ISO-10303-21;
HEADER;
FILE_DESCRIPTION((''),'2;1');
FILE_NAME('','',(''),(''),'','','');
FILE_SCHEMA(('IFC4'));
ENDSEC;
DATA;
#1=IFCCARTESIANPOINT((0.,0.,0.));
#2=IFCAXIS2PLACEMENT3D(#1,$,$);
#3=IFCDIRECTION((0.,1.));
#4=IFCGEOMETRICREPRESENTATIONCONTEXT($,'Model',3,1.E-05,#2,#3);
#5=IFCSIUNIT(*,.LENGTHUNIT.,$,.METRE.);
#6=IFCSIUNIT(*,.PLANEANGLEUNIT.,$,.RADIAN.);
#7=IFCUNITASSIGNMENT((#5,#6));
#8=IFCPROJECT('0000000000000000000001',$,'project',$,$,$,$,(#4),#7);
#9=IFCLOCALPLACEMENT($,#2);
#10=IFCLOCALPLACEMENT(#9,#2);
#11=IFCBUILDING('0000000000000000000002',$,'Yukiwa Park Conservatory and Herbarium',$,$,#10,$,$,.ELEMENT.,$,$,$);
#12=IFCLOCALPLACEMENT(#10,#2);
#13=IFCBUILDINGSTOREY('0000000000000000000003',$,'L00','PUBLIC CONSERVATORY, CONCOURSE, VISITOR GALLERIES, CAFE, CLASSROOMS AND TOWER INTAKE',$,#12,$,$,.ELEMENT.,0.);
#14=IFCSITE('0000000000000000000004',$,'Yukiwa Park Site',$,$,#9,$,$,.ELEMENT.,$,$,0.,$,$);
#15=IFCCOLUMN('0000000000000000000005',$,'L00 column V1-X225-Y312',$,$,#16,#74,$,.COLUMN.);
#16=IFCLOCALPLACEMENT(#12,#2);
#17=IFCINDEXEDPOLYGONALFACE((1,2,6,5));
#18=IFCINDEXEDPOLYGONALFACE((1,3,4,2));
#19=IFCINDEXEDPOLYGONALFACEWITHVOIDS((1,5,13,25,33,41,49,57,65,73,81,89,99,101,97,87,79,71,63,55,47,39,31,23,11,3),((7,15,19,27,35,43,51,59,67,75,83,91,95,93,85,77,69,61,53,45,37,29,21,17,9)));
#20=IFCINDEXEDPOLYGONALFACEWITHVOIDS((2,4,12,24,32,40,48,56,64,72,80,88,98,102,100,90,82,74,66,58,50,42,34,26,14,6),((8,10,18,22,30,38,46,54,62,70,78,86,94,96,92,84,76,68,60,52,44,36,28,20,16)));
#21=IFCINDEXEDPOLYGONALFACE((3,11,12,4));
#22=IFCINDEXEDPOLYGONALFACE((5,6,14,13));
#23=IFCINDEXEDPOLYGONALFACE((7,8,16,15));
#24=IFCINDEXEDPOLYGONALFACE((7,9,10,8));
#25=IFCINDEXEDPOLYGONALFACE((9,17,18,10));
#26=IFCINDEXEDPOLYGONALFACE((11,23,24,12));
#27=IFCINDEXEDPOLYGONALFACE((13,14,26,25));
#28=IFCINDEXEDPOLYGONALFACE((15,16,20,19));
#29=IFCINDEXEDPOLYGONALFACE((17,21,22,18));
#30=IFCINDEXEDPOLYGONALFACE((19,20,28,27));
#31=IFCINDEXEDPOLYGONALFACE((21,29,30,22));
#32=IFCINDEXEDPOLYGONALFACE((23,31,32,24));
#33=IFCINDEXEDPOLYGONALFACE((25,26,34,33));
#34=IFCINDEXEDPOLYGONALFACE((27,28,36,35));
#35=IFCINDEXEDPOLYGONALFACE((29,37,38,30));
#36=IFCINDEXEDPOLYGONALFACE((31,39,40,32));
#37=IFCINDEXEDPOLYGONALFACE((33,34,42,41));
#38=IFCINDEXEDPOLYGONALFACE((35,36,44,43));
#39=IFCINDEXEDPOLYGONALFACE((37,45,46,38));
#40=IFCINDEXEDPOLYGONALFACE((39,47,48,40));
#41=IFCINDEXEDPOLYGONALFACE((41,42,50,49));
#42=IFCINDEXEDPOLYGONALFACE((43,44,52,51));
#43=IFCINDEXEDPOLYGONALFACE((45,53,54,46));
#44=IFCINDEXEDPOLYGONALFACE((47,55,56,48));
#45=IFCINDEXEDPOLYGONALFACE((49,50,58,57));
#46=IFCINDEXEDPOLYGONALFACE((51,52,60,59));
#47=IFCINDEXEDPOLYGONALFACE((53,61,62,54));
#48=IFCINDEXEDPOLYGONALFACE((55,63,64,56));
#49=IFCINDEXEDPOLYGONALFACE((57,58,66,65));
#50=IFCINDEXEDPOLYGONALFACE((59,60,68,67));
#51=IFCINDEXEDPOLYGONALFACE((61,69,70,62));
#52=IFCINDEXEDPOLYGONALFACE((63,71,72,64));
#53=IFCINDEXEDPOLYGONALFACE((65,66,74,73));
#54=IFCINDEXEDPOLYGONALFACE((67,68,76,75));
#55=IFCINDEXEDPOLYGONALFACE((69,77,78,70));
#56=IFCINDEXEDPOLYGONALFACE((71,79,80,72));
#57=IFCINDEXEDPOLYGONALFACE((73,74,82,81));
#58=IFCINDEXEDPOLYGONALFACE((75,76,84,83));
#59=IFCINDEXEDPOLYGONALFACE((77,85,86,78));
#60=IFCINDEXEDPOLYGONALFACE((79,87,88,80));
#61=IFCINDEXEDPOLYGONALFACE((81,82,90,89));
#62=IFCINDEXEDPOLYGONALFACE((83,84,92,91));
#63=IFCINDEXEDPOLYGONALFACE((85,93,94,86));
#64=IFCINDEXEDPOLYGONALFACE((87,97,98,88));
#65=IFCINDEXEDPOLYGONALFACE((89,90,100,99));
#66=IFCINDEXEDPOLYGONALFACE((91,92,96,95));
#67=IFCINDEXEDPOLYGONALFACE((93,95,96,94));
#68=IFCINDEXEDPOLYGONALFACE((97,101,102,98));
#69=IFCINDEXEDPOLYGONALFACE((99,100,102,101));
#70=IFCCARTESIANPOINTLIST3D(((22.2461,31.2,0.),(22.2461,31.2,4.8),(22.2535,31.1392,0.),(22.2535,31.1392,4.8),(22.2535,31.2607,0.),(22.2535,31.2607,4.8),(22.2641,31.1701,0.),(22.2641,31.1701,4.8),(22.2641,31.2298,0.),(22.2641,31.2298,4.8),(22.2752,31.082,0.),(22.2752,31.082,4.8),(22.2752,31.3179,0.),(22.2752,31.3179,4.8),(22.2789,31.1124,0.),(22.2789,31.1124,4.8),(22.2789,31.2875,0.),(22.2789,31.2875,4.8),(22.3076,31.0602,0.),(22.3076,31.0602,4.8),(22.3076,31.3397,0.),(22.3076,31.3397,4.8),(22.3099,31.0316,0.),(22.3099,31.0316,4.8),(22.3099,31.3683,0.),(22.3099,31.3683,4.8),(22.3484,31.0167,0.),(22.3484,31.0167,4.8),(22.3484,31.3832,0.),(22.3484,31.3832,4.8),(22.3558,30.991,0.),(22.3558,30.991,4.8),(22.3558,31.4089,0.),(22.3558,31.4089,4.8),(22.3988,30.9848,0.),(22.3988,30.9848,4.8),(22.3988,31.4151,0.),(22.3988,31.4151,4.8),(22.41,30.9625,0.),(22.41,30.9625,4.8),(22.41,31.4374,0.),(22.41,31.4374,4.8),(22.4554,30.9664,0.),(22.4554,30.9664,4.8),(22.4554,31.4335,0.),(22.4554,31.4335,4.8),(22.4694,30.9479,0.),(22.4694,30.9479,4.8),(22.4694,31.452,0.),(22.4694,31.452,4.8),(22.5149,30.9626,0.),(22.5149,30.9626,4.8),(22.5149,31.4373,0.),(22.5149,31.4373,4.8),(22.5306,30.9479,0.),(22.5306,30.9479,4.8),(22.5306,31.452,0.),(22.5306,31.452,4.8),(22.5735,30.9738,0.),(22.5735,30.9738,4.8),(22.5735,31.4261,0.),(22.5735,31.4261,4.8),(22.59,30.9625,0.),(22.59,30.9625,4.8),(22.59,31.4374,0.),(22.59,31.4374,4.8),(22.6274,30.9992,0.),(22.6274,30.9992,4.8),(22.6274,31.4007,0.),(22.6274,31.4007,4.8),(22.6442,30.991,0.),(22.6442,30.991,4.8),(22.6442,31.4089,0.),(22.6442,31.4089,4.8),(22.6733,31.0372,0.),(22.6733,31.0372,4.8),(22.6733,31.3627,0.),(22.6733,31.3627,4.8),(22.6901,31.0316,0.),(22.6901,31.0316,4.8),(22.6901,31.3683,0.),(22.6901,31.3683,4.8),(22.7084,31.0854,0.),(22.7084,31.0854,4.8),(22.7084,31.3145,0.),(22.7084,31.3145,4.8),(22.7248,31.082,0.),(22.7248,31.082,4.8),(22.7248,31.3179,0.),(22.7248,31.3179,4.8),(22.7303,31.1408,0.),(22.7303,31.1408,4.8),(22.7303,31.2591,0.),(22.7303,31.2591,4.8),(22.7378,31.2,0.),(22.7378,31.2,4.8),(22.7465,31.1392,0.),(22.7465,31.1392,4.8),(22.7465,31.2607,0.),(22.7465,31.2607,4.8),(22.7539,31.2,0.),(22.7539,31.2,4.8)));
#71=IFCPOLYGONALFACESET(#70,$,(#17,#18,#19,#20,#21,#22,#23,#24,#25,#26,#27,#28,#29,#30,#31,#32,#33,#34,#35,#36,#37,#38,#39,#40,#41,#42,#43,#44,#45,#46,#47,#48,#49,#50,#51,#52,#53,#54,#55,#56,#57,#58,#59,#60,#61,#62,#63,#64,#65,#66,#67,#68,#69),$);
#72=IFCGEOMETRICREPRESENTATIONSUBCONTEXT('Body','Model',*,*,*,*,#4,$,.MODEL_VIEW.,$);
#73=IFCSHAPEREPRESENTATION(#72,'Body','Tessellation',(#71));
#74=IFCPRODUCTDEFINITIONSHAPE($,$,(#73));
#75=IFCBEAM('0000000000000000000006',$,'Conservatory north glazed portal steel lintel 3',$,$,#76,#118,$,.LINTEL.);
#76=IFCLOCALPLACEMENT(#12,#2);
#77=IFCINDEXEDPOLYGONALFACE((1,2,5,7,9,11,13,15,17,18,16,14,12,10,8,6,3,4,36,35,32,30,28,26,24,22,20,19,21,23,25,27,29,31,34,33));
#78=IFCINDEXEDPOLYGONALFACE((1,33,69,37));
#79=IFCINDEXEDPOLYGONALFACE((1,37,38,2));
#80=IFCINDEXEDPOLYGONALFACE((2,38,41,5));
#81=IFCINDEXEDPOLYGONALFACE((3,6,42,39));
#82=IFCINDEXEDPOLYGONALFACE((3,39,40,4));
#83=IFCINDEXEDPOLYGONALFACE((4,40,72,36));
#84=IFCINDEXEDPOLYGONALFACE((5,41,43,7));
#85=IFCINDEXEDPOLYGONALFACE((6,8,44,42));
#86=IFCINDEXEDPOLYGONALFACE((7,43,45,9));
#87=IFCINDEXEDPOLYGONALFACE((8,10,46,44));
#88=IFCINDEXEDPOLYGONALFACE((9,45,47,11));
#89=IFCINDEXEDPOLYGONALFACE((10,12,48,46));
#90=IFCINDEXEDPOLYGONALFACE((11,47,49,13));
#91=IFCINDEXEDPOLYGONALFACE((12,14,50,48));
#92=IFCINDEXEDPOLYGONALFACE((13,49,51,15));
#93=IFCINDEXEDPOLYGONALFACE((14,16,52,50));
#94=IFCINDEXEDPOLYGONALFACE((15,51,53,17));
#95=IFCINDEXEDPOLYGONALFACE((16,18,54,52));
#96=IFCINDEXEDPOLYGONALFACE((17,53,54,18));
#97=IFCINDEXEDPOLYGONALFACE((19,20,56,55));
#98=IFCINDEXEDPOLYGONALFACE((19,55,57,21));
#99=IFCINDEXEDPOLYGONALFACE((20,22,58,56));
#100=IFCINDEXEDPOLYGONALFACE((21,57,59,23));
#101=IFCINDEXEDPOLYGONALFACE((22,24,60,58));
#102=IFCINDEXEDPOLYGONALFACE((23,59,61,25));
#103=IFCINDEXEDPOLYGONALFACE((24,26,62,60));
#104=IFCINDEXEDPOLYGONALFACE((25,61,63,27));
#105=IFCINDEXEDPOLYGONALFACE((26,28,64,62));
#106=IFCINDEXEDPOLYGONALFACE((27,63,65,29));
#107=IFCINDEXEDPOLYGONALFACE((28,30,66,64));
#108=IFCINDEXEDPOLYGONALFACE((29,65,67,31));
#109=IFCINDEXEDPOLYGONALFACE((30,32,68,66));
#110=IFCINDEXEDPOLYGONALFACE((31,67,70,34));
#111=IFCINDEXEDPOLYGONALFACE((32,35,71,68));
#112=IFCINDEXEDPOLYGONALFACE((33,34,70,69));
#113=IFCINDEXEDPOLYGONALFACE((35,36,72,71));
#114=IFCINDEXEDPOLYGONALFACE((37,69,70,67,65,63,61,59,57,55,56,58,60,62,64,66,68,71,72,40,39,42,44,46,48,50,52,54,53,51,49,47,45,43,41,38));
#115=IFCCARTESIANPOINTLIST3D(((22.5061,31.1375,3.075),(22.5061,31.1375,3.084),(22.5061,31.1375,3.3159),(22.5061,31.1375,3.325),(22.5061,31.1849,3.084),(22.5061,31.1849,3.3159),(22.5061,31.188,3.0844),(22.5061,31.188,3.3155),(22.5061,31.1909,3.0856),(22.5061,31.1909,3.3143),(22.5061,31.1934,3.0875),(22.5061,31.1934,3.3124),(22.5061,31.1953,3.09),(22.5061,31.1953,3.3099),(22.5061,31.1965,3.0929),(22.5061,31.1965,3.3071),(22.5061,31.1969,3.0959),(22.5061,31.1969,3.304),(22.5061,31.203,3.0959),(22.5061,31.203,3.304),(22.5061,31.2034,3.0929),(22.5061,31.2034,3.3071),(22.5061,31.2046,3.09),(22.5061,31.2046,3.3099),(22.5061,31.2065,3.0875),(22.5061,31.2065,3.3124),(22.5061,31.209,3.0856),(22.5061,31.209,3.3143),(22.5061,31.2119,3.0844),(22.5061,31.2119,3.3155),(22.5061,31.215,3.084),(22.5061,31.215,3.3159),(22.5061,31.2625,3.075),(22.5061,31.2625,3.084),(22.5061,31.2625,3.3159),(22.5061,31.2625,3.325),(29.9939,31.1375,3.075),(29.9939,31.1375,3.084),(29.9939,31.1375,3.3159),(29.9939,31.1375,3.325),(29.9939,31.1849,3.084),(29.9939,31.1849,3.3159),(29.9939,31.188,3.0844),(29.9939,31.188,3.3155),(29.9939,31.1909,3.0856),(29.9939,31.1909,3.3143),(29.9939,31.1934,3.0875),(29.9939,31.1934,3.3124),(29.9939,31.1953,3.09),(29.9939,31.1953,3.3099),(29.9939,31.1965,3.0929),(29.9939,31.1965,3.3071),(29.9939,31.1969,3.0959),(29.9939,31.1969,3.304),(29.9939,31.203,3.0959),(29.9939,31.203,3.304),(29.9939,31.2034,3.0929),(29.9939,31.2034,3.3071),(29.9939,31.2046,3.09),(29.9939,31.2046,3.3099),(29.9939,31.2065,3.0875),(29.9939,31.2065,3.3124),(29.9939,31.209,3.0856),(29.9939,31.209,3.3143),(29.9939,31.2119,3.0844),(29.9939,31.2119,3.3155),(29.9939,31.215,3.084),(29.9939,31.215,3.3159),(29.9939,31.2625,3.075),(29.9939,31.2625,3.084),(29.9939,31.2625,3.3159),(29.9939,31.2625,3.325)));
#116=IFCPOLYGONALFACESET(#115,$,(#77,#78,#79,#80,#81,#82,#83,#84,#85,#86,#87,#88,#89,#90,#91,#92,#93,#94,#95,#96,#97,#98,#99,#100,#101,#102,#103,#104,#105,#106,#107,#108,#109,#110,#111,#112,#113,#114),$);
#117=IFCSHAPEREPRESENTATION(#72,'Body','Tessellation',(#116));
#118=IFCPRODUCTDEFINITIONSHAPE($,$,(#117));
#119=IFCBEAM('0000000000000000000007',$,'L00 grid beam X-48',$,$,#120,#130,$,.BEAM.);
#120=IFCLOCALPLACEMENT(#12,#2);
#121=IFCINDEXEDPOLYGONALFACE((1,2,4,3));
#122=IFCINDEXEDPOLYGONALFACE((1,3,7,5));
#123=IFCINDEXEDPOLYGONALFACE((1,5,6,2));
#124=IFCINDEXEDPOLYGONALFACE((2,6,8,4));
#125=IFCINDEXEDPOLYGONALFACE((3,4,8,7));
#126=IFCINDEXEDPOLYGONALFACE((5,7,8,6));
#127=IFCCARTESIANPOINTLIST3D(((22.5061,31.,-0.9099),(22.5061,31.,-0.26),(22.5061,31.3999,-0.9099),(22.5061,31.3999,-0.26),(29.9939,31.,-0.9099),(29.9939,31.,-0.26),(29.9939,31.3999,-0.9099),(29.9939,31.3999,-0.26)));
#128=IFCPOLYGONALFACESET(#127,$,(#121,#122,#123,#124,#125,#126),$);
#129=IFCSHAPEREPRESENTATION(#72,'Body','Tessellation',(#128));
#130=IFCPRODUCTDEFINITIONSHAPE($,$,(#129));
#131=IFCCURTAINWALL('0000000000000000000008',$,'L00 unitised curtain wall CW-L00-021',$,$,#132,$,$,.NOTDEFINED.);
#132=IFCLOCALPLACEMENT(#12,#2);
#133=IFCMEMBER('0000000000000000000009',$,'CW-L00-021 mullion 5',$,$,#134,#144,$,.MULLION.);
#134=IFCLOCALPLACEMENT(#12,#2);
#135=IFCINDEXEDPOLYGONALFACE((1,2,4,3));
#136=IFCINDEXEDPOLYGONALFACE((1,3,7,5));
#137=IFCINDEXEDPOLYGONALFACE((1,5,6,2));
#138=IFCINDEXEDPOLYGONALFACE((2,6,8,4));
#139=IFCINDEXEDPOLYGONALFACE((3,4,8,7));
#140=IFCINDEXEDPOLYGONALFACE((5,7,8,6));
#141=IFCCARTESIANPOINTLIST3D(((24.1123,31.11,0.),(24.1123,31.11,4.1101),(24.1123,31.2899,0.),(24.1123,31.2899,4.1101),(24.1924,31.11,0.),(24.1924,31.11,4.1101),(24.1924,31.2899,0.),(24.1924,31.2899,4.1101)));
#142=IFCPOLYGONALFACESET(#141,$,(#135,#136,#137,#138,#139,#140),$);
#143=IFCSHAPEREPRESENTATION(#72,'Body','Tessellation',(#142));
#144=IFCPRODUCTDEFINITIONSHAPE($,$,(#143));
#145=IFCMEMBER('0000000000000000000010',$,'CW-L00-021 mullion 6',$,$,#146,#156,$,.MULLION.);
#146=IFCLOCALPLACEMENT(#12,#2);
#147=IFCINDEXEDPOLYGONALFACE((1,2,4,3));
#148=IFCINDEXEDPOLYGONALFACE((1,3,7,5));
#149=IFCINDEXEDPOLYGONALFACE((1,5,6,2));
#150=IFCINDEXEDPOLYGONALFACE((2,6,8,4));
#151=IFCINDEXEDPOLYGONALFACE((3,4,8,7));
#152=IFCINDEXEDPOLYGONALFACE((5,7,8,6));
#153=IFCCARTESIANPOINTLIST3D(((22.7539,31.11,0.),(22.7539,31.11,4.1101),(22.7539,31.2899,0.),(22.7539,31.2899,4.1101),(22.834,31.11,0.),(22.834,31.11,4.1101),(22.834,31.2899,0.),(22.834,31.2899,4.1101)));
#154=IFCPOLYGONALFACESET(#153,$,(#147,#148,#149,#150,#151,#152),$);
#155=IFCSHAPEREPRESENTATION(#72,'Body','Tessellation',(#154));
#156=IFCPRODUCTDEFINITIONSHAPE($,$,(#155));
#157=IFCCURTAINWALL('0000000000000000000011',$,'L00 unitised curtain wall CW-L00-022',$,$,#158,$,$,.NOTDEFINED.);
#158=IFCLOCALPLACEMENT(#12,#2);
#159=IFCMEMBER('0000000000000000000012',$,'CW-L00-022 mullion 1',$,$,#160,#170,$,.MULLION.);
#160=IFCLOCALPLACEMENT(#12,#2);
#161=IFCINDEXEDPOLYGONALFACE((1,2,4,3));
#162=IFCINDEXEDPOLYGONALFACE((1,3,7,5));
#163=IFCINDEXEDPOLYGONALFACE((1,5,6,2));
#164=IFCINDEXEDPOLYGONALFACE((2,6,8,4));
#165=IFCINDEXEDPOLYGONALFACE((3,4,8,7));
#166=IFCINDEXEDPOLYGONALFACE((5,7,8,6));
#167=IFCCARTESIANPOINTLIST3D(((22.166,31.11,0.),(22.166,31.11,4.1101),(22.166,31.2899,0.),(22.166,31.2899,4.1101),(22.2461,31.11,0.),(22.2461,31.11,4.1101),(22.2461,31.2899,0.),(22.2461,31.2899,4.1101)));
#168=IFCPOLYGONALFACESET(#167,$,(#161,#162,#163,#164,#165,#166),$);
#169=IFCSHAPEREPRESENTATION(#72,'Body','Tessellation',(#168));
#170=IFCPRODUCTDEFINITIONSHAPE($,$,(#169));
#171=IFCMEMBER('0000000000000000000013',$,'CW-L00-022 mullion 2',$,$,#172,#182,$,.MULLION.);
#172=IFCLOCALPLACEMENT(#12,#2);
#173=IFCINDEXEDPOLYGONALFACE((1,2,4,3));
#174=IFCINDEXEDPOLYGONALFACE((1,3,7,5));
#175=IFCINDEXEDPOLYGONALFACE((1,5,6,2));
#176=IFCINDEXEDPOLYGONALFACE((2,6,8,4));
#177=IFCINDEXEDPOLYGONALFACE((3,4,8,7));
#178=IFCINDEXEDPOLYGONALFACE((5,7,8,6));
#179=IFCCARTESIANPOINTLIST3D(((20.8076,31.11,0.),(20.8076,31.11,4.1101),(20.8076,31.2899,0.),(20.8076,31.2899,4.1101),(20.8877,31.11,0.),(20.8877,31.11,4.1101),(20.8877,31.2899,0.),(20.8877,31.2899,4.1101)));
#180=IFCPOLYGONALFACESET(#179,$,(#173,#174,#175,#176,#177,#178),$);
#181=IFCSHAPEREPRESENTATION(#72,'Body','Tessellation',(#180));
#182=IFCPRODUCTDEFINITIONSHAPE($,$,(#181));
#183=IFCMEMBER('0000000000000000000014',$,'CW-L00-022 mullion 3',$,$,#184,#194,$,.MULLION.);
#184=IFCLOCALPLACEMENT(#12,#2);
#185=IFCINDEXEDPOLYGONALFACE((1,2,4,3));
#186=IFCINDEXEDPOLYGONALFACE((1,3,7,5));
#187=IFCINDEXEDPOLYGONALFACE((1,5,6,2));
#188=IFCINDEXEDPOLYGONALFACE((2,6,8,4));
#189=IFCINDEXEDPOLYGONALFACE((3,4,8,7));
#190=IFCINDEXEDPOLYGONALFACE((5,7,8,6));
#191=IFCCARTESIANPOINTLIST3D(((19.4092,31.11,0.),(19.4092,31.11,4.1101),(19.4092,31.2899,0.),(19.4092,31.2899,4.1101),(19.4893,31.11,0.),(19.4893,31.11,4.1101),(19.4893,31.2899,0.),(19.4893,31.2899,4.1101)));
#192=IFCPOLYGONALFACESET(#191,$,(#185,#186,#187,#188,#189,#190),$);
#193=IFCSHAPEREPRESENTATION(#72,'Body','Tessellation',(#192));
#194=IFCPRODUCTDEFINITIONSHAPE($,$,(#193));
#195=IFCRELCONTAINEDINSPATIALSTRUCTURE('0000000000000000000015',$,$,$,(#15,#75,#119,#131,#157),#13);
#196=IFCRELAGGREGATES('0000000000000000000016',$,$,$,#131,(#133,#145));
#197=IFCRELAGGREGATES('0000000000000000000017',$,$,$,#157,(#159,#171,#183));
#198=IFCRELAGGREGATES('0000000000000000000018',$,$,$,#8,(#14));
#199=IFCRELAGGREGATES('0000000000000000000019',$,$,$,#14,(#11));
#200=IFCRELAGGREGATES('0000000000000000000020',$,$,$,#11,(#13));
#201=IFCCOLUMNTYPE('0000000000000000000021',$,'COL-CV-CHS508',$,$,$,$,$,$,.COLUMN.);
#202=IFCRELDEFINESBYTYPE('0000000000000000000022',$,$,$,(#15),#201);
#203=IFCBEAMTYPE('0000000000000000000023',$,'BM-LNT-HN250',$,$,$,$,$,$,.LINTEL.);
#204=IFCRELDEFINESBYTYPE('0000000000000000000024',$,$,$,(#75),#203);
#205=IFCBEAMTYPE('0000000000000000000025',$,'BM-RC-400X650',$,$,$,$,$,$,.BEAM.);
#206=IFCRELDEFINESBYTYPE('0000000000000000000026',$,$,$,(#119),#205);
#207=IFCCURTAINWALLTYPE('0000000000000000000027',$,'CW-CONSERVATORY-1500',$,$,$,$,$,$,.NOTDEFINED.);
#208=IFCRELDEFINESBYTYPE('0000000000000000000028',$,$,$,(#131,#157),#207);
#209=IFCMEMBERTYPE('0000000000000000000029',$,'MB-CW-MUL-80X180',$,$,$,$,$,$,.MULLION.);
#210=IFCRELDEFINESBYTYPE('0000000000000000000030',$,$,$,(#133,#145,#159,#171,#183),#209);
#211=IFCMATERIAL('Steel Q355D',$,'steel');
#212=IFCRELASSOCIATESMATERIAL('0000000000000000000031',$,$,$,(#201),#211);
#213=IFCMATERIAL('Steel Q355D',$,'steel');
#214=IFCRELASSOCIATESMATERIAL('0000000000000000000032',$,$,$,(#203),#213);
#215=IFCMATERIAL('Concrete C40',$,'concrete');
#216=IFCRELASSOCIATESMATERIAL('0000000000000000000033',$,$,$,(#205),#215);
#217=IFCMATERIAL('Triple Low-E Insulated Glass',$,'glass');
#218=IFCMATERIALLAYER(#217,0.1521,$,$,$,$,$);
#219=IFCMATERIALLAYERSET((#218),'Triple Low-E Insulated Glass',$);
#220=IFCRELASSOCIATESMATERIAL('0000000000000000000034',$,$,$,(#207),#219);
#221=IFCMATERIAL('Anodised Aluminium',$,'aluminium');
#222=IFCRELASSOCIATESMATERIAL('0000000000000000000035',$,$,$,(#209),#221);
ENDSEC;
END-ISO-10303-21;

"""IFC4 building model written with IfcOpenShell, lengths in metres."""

from ifc_helpers import new_model, si_unit, direction, frame, origin, origin_2d, place, context, subcontext, project, spatial, rectangle, hollow_circle, i_section, extrude, material, layer, layer_set, material_profile, profile_set, type_object, element, aggregate, save


model = new_model("IFC4")

# Units and contexts
model_context = context("Model", 3, precision=1e-05, world=origin(), true_north=direction((0.0, 1.0)))
body_context = subcontext(model_context, "Body", "Model", "MODEL_VIEW")
ifc_project = project(units=[si_unit("LENGTHUNIT", "METRE"), si_unit("PLANEANGLEUNIT", "RADIAN")], contexts=[model_context])

# Site, building, storey
site_placement = place(None, origin())
site = spatial("IfcSite", under=ifc_project, at=site_placement, Name="Yukiwa Park Site", CompositionType="ELEMENT", RefElevation=0.0)
building_placement = place(site_placement, origin())
building = spatial("IfcBuilding", under=site, at=building_placement, Name="Yukiwa Park Conservatory and Herbarium", CompositionType="ELEMENT")
storey_placement = place(building_placement, origin())
storey = spatial("IfcBuildingStorey", under=building, at=storey_placement, Name="L00", Description="PUBLIC CONSERVATORY, CONCOURSE, VISITOR GALLERIES, CAFE, CLASSROOMS AND TOWER INTAKE", CompositionType="ELEMENT", Elevation=0.0)

# Column
ifc_material_1 = material(Name="Steel Q355D", Category="steel")
ifc_material_profile_1 = material_profile(ifc_material_1, hollow_circle(Radius=0.2539, WallThickness=0.0161, at=origin_2d()), Name="CHS 508x16")
ifc_profile_set_1 = profile_set([ifc_material_profile_1], Name="Steel Q355D")
column_type = type_object("IfcColumnType", Name="COL-CV-CHS508", PredefinedType="COLUMN", material=ifc_profile_set_1)
column_placement = place(storey_placement, frame((22.5, 31.2, 0.0), z_axis=(0.0, 0.0, 1.0), x_axis=(1.0, 0.0, 0.0)))
element("IfcColumn", 1, at=column_placement, inside=storey, type_object=column_type, Name="L00 column V1-X225-Y312", PredefinedType="COLUMN", context=body_context, shape_type="SweptSolid", body=[
    extrude(hollow_circle(Radius=0.2539, WallThickness=0.0161, at=origin_2d()), origin(), (0.0, 0.0, 1.0), 4.8),
])

# Beams
ifc_material_2 = material(Name="Steel Q355D", Category="steel")
ifc_material_profile_2 = material_profile(ifc_material_2, i_section(OverallWidth=0.125, OverallDepth=0.25, WebThickness=0.0061, FlangeThickness=0.009, FilletRadius=0.012, at=origin_2d()), Name="HN 250x125x6x9")
ifc_profile_set_2 = profile_set([ifc_material_profile_2], Name="Steel Q355D")
beam_type_1 = type_object("IfcBeamType", Name="BM-LNT-HN250", PredefinedType="LINTEL", material=ifc_profile_set_2)
beam_1_placement = place(storey_placement, frame((22.5061, 31.2, 3.2), z_axis=(1.0, 0.0, 0.0), x_axis=(0.0, 1.0, 0.0)))
element("IfcBeam", 2, at=beam_1_placement, inside=storey, type_object=beam_type_1, Name="Conservatory north glazed portal steel lintel 3", PredefinedType="LINTEL", context=body_context, shape_type="SweptSolid", body=[
    extrude(i_section(OverallWidth=0.125, OverallDepth=0.25, WebThickness=0.0061, FlangeThickness=0.009, FilletRadius=0.012, at=origin_2d()), origin(), (0.0, 0.0, 1.0), 7.4878),
])
ifc_material_3 = material(Name="Concrete C40", Category="concrete")
ifc_material_profile_3 = material_profile(ifc_material_3, rectangle(XDim=0.3999, YDim=0.6499, at=origin_2d()), Name="RC 400x650")
ifc_profile_set_3 = profile_set([ifc_material_profile_3], Name="Concrete C40")
beam_type_2 = type_object("IfcBeamType", Name="BM-RC-400X650", PredefinedType="BEAM", material=ifc_profile_set_3)
beam_2_placement = place(storey_placement, frame((22.5061, 31.2, -0.585), z_axis=(1.0, 0.0, 0.0), x_axis=(0.0, 1.0, 0.0)))
element("IfcBeam", 3, at=beam_2_placement, inside=storey, type_object=beam_type_2, Name="L00 grid beam X-48", PredefinedType="BEAM", context=body_context, shape_type="SweptSolid", body=[
    extrude(rectangle(XDim=0.3999, YDim=0.6499, at=origin_2d()), origin(), (0.0, 0.0, 1.0), 7.4878),
])

# Curtain walls, members
ifc_material_4 = material(Name="Triple Low-E Insulated Glass", Category="glass")
ifc_layer_1 = layer(ifc_material_4, 0.1521)
ifc_layer_set_1 = layer_set([ifc_layer_1], Name="Triple Low-E Insulated Glass")
curtain_wall_type = type_object("IfcCurtainWallType", Name="CW-CONSERVATORY-1500", PredefinedType="NOTDEFINED", material=ifc_layer_set_1)
curtain_wall_1_placement = place(storey_placement, origin())
curtain_wall_1 = element("IfcCurtainWall", 4, at=curtain_wall_1_placement, inside=storey, type_object=curtain_wall_type, Name="L00 unitised curtain wall CW-L00-021", PredefinedType="NOTDEFINED")
ifc_material_5 = material(Name="Anodised Aluminium", Category="aluminium")
member_type_1 = type_object("IfcMemberType", Name="MB-CW-MUL-80X180", PredefinedType="MULLION", material=ifc_material_5)
member_1_placement = place(storey_placement, frame((24.1523, 31.2, 0.0), z_axis=(0.0, 0.0, 1.0), x_axis=(-1.0, 0.0, 0.0)))
member_1 = element("IfcMember", 5, at=member_1_placement, type_object=member_type_1, Name="CW-L00-021 mullion 5", PredefinedType="MULLION", context=body_context, shape_type="SweptSolid", body=[
    extrude(rectangle(XDim=0.0801, YDim=0.1799, at=origin_2d()), origin(), (0.0, 0.0, 1.0), 4.1101),
])
member_2_placement = place(storey_placement, frame((22.7939, 31.2, 0.0), z_axis=(0.0, 0.0, 1.0), x_axis=(-1.0, 0.0, 0.0)))
member_2 = element("IfcMember", 6, at=member_2_placement, type_object=member_type_1, Name="CW-L00-021 mullion 6", PredefinedType="MULLION", context=body_context, shape_type="SweptSolid", body=[
    extrude(rectangle(XDim=0.0801, YDim=0.1799, at=origin_2d()), origin(), (0.0, 0.0, 1.0), 4.1101),
])
curtain_wall_2_placement = place(storey_placement, origin())
curtain_wall_2 = element("IfcCurtainWall", 7, at=curtain_wall_2_placement, inside=storey, type_object=curtain_wall_type, Name="L00 unitised curtain wall CW-L00-022", PredefinedType="NOTDEFINED")
member_3_placement = place(storey_placement, frame((22.2061, 31.2, 0.0), z_axis=(0.0, 0.0, 1.0), x_axis=(-1.0, 0.0, 0.0)))
member_3 = element("IfcMember", 8, at=member_3_placement, type_object=member_type_1, Name="CW-L00-022 mullion 1", PredefinedType="MULLION", context=body_context, shape_type="SweptSolid", body=[
    extrude(rectangle(XDim=0.0801, YDim=0.1799, at=origin_2d()), origin(), (0.0, 0.0, 1.0), 4.1101),
])
member_4_placement = place(storey_placement, frame((20.8477, 31.2, 0.0), z_axis=(0.0, 0.0, 1.0), x_axis=(-1.0, 0.0, 0.0)))
member_4 = element("IfcMember", 9, at=member_4_placement, type_object=member_type_1, Name="CW-L00-022 mullion 2", PredefinedType="MULLION", context=body_context, shape_type="SweptSolid", body=[
    extrude(rectangle(XDim=0.0801, YDim=0.1799, at=origin_2d()), origin(), (0.0, 0.0, 1.0), 4.1101),
])
member_5_placement = place(storey_placement, frame((19.4492, 31.2, 0.0), z_axis=(0.0, 0.0, 1.0), x_axis=(-1.0, 0.0, 0.0)))
member_5 = element("IfcMember", 10, at=member_5_placement, type_object=member_type_1, Name="CW-L00-022 mullion 3", PredefinedType="MULLION", context=body_context, shape_type="SweptSolid", body=[
    extrude(rectangle(XDim=0.0801, YDim=0.1799, at=origin_2d()), origin(), (0.0, 0.0, 1.0), 4.1101),
])

aggregate(curtain_wall_1, [member_1, member_2])
aggregate(curtain_wall_2, [member_3, member_4, member_5])

save(model, "model.ifc")
